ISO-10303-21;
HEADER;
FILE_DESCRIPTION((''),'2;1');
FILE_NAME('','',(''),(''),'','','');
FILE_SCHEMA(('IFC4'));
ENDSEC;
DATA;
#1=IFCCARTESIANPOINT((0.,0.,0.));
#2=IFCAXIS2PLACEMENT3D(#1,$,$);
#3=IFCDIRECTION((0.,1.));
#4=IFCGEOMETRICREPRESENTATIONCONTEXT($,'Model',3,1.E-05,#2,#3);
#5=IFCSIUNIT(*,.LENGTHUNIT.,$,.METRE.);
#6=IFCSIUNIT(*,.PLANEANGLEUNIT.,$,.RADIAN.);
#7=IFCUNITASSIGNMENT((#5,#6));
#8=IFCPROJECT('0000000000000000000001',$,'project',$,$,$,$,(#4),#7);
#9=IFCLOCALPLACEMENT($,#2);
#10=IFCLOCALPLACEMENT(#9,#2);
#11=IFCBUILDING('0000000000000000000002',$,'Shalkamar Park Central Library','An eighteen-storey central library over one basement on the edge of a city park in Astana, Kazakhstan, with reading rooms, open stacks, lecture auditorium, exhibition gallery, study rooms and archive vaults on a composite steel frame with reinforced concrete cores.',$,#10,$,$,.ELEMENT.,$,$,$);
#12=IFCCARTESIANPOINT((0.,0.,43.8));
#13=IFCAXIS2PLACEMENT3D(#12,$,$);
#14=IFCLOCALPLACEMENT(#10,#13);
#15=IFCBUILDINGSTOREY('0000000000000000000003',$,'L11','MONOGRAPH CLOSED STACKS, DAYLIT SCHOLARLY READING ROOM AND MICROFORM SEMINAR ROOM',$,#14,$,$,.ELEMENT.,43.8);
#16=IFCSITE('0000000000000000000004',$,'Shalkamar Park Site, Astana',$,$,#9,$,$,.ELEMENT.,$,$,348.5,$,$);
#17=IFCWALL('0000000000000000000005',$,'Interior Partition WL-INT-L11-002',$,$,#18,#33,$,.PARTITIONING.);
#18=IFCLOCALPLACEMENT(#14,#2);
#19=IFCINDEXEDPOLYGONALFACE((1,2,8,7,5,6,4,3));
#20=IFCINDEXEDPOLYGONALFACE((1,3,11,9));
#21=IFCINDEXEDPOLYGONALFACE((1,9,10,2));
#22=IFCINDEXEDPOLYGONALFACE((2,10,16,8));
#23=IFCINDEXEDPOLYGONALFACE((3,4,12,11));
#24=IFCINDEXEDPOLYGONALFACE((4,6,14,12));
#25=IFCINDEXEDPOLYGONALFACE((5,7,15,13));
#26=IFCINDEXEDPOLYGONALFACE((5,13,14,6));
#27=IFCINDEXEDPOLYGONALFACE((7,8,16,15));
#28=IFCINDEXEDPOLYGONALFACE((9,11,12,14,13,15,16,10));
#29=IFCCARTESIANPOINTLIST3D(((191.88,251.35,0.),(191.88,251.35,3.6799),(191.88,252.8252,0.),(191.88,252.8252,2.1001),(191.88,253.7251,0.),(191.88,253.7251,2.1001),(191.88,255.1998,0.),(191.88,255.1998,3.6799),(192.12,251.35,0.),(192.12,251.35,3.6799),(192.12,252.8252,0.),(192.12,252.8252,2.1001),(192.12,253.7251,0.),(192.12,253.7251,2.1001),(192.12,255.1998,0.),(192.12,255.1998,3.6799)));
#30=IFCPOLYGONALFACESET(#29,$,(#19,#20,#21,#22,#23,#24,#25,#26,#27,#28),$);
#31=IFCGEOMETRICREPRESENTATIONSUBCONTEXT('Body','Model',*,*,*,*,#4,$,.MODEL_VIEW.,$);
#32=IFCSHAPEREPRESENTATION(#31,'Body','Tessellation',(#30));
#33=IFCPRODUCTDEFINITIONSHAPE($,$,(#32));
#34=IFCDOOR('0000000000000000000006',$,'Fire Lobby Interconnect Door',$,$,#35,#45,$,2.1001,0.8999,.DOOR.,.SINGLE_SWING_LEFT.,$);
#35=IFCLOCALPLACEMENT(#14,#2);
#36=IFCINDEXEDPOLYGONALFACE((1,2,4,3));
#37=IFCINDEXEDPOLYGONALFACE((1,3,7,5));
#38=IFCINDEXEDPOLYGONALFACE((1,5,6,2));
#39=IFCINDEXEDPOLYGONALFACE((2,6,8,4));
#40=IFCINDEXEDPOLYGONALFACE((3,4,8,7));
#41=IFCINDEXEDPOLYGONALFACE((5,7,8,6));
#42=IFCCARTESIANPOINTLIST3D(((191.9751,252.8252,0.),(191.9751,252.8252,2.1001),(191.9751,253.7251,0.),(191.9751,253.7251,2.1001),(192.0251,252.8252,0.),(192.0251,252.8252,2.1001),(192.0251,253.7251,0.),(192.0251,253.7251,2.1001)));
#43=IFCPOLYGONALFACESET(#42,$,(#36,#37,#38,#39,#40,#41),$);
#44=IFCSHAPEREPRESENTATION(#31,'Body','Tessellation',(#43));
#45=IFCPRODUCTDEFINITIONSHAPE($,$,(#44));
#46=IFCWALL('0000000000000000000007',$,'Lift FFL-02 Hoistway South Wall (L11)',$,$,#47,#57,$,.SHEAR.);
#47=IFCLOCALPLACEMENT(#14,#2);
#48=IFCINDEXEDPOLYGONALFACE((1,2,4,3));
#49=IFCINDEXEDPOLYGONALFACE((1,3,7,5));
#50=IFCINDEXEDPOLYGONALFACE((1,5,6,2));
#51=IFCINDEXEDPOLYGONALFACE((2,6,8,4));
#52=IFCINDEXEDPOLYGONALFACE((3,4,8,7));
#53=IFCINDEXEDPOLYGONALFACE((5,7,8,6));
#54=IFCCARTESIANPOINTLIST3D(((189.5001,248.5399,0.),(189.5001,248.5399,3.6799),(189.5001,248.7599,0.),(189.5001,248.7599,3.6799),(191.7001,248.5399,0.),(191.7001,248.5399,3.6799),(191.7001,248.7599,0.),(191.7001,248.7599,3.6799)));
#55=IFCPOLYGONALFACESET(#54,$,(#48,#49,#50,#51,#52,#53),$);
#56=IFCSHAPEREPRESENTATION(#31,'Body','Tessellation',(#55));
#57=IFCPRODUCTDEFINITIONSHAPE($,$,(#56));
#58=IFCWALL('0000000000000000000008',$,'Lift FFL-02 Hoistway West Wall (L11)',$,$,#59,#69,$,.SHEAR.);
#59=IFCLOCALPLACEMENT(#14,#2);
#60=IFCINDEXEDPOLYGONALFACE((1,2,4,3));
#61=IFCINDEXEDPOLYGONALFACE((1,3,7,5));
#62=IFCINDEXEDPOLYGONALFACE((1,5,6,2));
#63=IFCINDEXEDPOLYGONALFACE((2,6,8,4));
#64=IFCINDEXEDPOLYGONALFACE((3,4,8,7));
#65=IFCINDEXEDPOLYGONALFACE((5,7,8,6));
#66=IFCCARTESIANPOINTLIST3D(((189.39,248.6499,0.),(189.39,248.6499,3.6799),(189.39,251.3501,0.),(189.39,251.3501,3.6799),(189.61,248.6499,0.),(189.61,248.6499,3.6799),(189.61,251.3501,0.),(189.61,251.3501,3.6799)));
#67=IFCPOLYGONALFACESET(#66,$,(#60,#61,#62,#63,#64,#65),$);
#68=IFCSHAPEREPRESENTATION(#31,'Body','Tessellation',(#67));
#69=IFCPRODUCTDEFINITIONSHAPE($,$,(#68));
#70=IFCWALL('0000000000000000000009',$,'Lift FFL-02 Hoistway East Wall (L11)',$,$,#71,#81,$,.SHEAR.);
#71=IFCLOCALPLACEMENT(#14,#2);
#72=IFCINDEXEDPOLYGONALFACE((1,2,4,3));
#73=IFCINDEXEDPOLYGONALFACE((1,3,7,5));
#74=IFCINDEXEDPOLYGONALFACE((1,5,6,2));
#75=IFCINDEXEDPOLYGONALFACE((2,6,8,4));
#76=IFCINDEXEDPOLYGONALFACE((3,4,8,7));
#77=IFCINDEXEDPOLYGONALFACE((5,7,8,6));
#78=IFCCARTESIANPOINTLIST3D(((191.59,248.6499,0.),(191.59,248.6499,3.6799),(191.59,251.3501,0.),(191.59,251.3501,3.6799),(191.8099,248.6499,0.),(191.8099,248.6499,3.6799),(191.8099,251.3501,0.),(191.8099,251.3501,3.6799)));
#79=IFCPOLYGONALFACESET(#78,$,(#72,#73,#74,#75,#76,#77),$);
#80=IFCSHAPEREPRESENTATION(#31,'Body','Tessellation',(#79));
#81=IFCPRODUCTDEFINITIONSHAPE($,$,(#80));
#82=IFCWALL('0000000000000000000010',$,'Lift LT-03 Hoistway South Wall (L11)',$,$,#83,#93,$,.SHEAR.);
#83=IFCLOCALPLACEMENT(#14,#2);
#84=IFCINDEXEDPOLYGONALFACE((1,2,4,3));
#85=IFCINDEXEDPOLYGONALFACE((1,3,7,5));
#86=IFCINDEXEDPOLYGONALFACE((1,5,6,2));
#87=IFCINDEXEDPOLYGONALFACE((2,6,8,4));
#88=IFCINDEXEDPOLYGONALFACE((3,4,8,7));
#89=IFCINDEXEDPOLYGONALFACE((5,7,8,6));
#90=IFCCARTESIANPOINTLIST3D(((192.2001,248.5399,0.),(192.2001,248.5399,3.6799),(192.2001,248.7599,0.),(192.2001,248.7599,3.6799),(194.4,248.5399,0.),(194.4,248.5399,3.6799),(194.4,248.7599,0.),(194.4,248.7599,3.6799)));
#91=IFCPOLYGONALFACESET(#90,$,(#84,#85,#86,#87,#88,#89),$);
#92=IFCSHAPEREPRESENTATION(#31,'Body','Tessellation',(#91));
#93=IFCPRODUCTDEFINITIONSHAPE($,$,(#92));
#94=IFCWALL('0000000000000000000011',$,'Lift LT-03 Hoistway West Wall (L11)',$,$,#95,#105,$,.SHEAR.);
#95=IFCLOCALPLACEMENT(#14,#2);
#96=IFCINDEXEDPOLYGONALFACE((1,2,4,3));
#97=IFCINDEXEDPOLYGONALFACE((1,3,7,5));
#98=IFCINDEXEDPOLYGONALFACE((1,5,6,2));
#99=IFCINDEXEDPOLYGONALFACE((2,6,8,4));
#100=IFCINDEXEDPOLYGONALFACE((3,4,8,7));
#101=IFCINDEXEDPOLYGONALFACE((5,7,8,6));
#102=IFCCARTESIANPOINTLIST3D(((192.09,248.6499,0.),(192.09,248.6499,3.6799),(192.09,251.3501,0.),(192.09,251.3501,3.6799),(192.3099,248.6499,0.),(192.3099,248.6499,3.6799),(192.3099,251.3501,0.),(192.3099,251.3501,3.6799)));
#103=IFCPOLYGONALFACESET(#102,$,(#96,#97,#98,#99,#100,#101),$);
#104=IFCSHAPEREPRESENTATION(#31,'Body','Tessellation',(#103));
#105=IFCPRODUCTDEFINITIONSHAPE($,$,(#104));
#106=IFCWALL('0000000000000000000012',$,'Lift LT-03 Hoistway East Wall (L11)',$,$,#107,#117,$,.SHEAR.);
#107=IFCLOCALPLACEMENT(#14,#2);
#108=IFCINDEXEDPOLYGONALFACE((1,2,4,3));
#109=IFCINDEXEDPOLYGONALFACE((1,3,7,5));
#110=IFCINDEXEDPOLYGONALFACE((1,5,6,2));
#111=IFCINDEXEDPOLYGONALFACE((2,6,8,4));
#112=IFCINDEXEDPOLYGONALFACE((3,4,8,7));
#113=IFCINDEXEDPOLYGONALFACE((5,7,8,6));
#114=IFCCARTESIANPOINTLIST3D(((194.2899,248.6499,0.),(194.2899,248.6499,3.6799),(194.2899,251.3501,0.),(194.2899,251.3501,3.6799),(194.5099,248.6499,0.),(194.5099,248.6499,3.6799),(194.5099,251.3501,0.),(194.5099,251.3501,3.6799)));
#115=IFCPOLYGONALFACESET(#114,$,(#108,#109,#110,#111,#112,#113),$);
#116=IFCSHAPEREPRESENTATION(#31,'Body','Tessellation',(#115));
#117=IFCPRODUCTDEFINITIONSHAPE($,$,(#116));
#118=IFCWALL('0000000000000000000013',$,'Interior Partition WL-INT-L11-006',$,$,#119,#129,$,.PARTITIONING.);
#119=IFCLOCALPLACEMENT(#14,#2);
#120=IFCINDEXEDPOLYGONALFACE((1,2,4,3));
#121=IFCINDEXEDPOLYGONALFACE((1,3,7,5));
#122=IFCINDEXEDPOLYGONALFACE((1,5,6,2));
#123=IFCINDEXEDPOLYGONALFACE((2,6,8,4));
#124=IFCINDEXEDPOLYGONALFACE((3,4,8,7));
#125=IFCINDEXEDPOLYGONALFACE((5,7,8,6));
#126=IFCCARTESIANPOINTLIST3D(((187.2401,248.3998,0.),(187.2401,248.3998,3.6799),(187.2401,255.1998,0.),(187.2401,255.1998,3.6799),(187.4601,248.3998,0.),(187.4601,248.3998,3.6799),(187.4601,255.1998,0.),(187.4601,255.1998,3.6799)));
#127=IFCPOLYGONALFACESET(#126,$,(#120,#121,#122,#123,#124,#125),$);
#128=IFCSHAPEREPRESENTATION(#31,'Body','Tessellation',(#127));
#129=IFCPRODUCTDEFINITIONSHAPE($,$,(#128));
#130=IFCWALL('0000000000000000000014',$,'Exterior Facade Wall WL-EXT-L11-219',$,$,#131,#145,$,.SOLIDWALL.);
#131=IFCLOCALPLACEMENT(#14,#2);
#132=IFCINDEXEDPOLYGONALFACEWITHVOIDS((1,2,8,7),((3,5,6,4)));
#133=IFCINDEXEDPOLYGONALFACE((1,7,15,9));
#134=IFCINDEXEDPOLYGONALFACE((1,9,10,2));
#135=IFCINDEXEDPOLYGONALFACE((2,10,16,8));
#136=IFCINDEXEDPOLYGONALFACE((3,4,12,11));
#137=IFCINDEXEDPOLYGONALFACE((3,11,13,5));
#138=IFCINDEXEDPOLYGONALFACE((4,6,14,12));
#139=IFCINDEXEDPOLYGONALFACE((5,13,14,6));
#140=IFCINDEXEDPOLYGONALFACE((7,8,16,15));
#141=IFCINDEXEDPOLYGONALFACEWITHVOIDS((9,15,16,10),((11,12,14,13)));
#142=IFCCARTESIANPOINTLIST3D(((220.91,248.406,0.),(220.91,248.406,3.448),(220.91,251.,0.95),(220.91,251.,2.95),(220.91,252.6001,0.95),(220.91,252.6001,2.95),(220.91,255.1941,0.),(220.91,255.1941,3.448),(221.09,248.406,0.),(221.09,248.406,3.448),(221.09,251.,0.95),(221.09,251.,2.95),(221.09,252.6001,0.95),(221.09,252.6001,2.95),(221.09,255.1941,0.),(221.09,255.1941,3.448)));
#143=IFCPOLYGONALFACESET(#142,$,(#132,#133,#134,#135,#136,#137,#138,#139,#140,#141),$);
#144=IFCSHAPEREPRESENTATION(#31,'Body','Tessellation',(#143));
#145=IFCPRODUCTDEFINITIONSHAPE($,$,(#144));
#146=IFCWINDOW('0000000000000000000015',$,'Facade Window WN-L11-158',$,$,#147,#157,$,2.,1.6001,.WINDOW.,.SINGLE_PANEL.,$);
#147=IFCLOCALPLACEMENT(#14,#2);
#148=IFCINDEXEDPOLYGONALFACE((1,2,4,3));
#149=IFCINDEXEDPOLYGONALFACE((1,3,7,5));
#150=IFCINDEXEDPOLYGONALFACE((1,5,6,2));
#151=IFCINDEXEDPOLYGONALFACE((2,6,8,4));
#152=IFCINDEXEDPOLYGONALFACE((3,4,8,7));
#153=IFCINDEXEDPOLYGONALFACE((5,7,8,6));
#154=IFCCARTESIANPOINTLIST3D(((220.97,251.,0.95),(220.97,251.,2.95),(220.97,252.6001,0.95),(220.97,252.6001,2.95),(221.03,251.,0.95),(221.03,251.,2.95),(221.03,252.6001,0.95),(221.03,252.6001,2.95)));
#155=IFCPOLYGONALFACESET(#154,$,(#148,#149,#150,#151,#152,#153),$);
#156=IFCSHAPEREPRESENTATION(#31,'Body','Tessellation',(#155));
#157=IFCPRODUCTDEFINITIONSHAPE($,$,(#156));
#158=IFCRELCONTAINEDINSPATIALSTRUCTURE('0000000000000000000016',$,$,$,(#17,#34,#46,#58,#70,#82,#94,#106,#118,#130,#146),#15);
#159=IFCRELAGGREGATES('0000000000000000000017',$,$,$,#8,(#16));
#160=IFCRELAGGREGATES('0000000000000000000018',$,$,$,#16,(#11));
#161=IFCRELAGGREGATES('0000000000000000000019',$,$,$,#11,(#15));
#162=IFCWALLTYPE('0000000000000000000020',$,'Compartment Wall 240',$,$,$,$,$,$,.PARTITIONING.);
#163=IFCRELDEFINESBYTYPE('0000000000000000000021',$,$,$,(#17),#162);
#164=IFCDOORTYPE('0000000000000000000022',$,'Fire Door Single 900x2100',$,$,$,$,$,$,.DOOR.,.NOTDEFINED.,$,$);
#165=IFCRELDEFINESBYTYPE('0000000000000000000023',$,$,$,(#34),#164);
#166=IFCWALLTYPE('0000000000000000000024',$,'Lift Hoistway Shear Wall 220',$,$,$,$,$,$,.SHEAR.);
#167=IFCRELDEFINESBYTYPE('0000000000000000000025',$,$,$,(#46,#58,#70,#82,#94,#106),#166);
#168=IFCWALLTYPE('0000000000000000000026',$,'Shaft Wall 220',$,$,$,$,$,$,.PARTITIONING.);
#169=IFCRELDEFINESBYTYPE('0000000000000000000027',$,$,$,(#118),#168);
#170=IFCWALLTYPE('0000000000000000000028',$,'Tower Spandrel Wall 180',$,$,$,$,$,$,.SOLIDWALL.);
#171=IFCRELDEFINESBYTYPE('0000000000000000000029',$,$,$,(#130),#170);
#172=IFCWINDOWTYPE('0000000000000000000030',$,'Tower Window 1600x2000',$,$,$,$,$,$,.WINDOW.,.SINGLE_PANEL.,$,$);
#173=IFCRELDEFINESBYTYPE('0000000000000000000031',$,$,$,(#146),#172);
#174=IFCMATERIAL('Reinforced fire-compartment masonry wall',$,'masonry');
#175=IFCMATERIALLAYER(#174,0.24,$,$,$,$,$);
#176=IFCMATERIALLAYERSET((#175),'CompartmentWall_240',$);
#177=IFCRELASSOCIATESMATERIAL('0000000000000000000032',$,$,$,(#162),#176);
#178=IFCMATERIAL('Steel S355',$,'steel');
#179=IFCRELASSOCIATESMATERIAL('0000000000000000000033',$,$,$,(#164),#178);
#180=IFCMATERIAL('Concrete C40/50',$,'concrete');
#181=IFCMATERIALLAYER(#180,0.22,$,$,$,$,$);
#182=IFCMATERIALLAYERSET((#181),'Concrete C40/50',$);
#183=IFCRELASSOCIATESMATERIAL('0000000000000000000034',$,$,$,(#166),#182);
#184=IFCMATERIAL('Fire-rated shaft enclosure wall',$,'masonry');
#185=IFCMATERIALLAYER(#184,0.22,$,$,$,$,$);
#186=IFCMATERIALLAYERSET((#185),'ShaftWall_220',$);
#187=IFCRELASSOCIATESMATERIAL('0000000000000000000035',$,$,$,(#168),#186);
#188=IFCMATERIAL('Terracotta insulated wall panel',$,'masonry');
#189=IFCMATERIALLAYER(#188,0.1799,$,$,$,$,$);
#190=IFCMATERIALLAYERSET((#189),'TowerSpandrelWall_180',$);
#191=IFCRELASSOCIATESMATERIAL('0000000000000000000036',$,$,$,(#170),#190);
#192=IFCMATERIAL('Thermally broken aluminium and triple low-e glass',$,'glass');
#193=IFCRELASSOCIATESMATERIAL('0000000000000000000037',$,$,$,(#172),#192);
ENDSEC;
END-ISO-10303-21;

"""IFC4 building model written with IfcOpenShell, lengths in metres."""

from ifc_helpers import new_model, si_unit, direction, frame, frame_2d, origin, place, context, subcontext, project, spatial, rectangle, extrude, material, layer, layer_set, type_object, element, fill, save


model = new_model("IFC4")

# Units and contexts
model_context = context("Model", 3, precision=1e-05, world=origin(), true_north=direction((0.0, 1.0)))
body_context = subcontext(model_context, "Body", "Model", "MODEL_VIEW")
ifc_project = project(units=[si_unit("LENGTHUNIT", "METRE"), si_unit("PLANEANGLEUNIT", "RADIAN")], contexts=[model_context])

# Site, building, storey
site_placement = place(None, origin())
site = spatial("IfcSite", under=ifc_project, at=site_placement, Name="Shalkamar Park Site, Astana", CompositionType="ELEMENT", RefElevation=348.5)
building_placement = place(site_placement, origin())
building = spatial("IfcBuilding", under=site, at=building_placement, Name="Shalkamar Park Central Library", Description="An eighteen-storey central library over one basement on the edge of a city park in Astana, Kazakhstan, with reading rooms, open stacks, lecture auditorium, exhibition gallery, study rooms and archive vaults on a composite steel frame with reinforced concrete cores.", CompositionType="ELEMENT")
storey_placement = place(building_placement, frame((0.0, 0.0, 43.8)))
storey = spatial("IfcBuildingStorey", under=building, at=storey_placement, Name="L11", Description="MONOGRAPH CLOSED STACKS, DAYLIT SCHOLARLY READING ROOM AND MICROFORM SEMINAR ROOM", CompositionType="ELEMENT", Elevation=43.8)

# Shared definitions
ifc_material_1 = material(Name="Steel S355", Category="steel")

# Wall, opening, door
ifc_material_2 = material(Name="Reinforced fire-compartment masonry wall", Category="masonry")
ifc_layer_1 = layer(ifc_material_2, 0.24)
ifc_layer_set_1 = layer_set([ifc_layer_1], Name="CompartmentWall_240")
wall_type_1 = type_object("IfcWallType", Name="Compartment Wall 240", PredefinedType="PARTITIONING", material=ifc_layer_set_1)
wall_1_placement = place(storey_placement, frame((192.0, 251.3501, 0.0), z_axis=(0.0, 0.0, 1.0), x_axis=(0.0, 1.0, 0.0)))
wall_1 = element("IfcWall", 1, at=wall_1_placement, inside=storey, type_object=wall_type_1, Name="Interior Partition WL-INT-L11-002", PredefinedType="PARTITIONING", context=body_context, shape_type="SweptSolid", body=[
    extrude(rectangle(XDim=3.8499, YDim=0.24, at=frame_2d((1.9248, 0.0))), origin(), (0.0, 0.0, 1.0), 3.6799),
])
opening_1_placement = place(wall_1_placement, frame((1.4751, 0.0, 0.0)))
opening_1 = element("IfcOpeningElement", 2, at=opening_1_placement, cuts=wall_1, PredefinedType="OPENING", context=body_context, shape_type="SweptSolid", body=[
    extrude(rectangle(XDim=0.8999, YDim=2.1001, at=frame_2d((0.45, 1.05))), frame((0.0, 0.1348, 0.0), z_axis=(0.0, -1.0, 0.0), x_axis=(1.0, 0.0, 0.0)), (0.0, 0.0, 1.0), 0.2698),
])
door_type_1 = type_object("IfcDoorType", Name="Fire Door Single 900x2100", OperationType="NOTDEFINED", PredefinedType="DOOR", material=ifc_material_1)
door_1_placement = place(opening_1_placement, origin())
door_1 = element("IfcDoor", 3, at=door_1_placement, inside=storey, type_object=door_type_1, Name="Fire Lobby Interconnect Door", OperationType="SINGLE_SWING_LEFT", OverallHeight=2.1001, OverallWidth=0.8999, PredefinedType="DOOR", context=body_context, shape_type="SweptSolid", body=[
    extrude(rectangle(XDim=0.8999, YDim=2.1001, at=frame_2d((0.45, 1.05))), frame((0.0, 0.0249, 0.0), z_axis=(0.0, -1.0, 0.0), x_axis=(1.0, 0.0, 0.0)), (0.0, 0.0, 1.0), 0.05),
])
fill(opening_1, door_1)

# Walls
ifc_material_3 = material(Name="Concrete C40/50", Category="concrete")
ifc_layer_2 = layer(ifc_material_3, 0.22)
ifc_layer_set_2 = layer_set([ifc_layer_2], Name="Concrete C40/50")
wall_type_2 = type_object("IfcWallType", Name="Lift Hoistway Shear Wall 220", PredefinedType="SHEAR", material=ifc_layer_set_2)
wall_2_placement = place(storey_placement, frame((189.5, 248.6499, 0.0), z_axis=(0.0, 0.0, 1.0), x_axis=(1.0, 0.0, 0.0)))
element("IfcWall", 4, at=wall_2_placement, inside=storey, type_object=wall_type_2, Name="Lift FFL-02 Hoistway South Wall (L11)", PredefinedType="SHEAR", context=body_context, shape_type="SweptSolid", body=[
    extrude(rectangle(XDim=2.2, YDim=0.22, at=frame_2d((1.1001, 0.0))), origin(), (0.0, 0.0, 1.0), 3.6799),
])
for number, where, z_axis, x_axis, name in (
    (5, (189.5, 248.6499, 0.0), (0.0, 0.0, 1.0), (0.0, 1.0, 0.0), "Lift FFL-02 Hoistway West Wall (L11)"),
    (6, (191.7, 248.6499, 0.0), (0.0, 0.0, 1.0), (0.0, 1.0, 0.0), "Lift FFL-02 Hoistway East Wall (L11)"),
):
    element("IfcWall", number, at=place(storey_placement, frame(where, z_axis=z_axis, x_axis=x_axis)), inside=storey, type_object=wall_type_2, Name=name, PredefinedType="SHEAR", context=body_context, shape_type="SweptSolid", body=[
        extrude(rectangle(XDim=2.7002, YDim=0.22, at=frame_2d((1.3501, 0.0))), origin(), (0.0, 0.0, 1.0), 3.6799),
    ])

# Walls
wall_3_placement = place(storey_placement, frame((192.2, 248.6499, 0.0), z_axis=(0.0, 0.0, 1.0), x_axis=(1.0, 0.0, 0.0)))
element("IfcWall", 7, at=wall_3_placement, inside=storey, type_object=wall_type_2, Name="Lift LT-03 Hoistway South Wall (L11)", PredefinedType="SHEAR", context=body_context, shape_type="SweptSolid", body=[
    extrude(rectangle(XDim=2.2, YDim=0.22, at=frame_2d((1.1001, 0.0))), origin(), (0.0, 0.0, 1.0), 3.6799),
])
for number, where, z_axis, x_axis, name in (
    (8, (192.2, 248.6499, 0.0), (0.0, 0.0, 1.0), (0.0, 1.0, 0.0), "Lift LT-03 Hoistway West Wall (L11)"),
    (9, (194.3999, 248.6499, 0.0), (0.0, 0.0, 1.0), (0.0, 1.0, 0.0), "Lift LT-03 Hoistway East Wall (L11)"),
):
    element("IfcWall", number, at=place(storey_placement, frame(where, z_axis=z_axis, x_axis=x_axis)), inside=storey, type_object=wall_type_2, Name=name, PredefinedType="SHEAR", context=body_context, shape_type="SweptSolid", body=[
        extrude(rectangle(XDim=2.7002, YDim=0.22, at=frame_2d((1.3501, 0.0))), origin(), (0.0, 0.0, 1.0), 3.6799),
    ])

# Wall
ifc_material_4 = material(Name="Fire-rated shaft enclosure wall", Category="masonry")
ifc_layer_3 = layer(ifc_material_4, 0.22)
ifc_layer_set_3 = layer_set([ifc_layer_3], Name="ShaftWall_220")
wall_type_3 = type_object("IfcWallType", Name="Shaft Wall 220", PredefinedType="PARTITIONING", material=ifc_layer_set_3)
wall_4_placement = place(storey_placement, frame((187.3501, 248.3999, 0.0), z_axis=(0.0, 0.0, 1.0), x_axis=(0.0, 1.0, 0.0)))
element("IfcWall", 10, at=wall_4_placement, inside=storey, type_object=wall_type_3, Name="Interior Partition WL-INT-L11-006", PredefinedType="PARTITIONING", context=body_context, shape_type="SweptSolid", body=[
    extrude(rectangle(XDim=6.8, YDim=0.22, at=frame_2d((3.3999, 0.0))), origin(), (0.0, 0.0, 1.0), 3.6799),
])

# Wall, opening, window
ifc_material_5 = material(Name="Terracotta insulated wall panel", Category="masonry")
ifc_layer_4 = layer(ifc_material_5, 0.1799)
ifc_layer_set_4 = layer_set([ifc_layer_4], Name="TowerSpandrelWall_180")
wall_type_4 = type_object("IfcWallType", Name="Tower Spandrel Wall 180", PredefinedType="SOLIDWALL", material=ifc_layer_set_4)
wall_5_placement = place(storey_placement, frame((221.0, 248.406, 0.0), z_axis=(0.0, 0.0, 1.0), x_axis=(0.0, 1.0, 0.0)))
wall_5 = element("IfcWall", 11, at=wall_5_placement, inside=storey, type_object=wall_type_4, Name="Exterior Facade Wall WL-EXT-L11-219", PredefinedType="SOLIDWALL", context=body_context, shape_type="SweptSolid", body=[
    extrude(rectangle(XDim=6.7881, YDim=0.1799, at=frame_2d((3.394, 0.0))), origin(), (0.0, 0.0, 1.0), 3.448),
])
opening_2_placement = place(wall_5_placement, frame((2.594, 0.0, 0.95)))
opening_2 = element("IfcOpeningElement", 12, at=opening_2_placement, cuts=wall_5, PredefinedType="OPENING", context=body_context, shape_type="SweptSolid", body=[
    extrude(rectangle(XDim=1.6001, YDim=2.0, at=frame_2d((0.8, 1.0))), frame((0.0, 0.105, 0.0), z_axis=(0.0, -1.0, 0.0), x_axis=(1.0, 0.0, 0.0)), (0.0, 0.0, 1.0), 0.2097),
])
ifc_material_6 = material(Name="Thermally broken aluminium and triple low-e glass", Category="glass")
window_type = type_object("IfcWindowType", Name="Tower Window 1600x2000", PartitioningType="SINGLE_PANEL", PredefinedType="WINDOW", material=ifc_material_6)
window_placement = place(opening_2_placement, origin())
window = element("IfcWindow", 13, at=window_placement, inside=storey, type_object=window_type, Name="Facade Window WN-L11-158", OverallHeight=2.0, OverallWidth=1.6001, PartitioningType="SINGLE_PANEL", PredefinedType="WINDOW", context=body_context, shape_type="SweptSolid", body=[
    extrude(rectangle(XDim=1.6001, YDim=2.0, at=frame_2d((0.8, 1.0))), frame((0.0, 0.03, 0.0), z_axis=(0.0, -1.0, 0.0), x_axis=(1.0, 0.0, 0.0)), (0.0, 0.0, 1.0), 0.0601),
])
fill(opening_2, window)

save(model, "model.ifc")
